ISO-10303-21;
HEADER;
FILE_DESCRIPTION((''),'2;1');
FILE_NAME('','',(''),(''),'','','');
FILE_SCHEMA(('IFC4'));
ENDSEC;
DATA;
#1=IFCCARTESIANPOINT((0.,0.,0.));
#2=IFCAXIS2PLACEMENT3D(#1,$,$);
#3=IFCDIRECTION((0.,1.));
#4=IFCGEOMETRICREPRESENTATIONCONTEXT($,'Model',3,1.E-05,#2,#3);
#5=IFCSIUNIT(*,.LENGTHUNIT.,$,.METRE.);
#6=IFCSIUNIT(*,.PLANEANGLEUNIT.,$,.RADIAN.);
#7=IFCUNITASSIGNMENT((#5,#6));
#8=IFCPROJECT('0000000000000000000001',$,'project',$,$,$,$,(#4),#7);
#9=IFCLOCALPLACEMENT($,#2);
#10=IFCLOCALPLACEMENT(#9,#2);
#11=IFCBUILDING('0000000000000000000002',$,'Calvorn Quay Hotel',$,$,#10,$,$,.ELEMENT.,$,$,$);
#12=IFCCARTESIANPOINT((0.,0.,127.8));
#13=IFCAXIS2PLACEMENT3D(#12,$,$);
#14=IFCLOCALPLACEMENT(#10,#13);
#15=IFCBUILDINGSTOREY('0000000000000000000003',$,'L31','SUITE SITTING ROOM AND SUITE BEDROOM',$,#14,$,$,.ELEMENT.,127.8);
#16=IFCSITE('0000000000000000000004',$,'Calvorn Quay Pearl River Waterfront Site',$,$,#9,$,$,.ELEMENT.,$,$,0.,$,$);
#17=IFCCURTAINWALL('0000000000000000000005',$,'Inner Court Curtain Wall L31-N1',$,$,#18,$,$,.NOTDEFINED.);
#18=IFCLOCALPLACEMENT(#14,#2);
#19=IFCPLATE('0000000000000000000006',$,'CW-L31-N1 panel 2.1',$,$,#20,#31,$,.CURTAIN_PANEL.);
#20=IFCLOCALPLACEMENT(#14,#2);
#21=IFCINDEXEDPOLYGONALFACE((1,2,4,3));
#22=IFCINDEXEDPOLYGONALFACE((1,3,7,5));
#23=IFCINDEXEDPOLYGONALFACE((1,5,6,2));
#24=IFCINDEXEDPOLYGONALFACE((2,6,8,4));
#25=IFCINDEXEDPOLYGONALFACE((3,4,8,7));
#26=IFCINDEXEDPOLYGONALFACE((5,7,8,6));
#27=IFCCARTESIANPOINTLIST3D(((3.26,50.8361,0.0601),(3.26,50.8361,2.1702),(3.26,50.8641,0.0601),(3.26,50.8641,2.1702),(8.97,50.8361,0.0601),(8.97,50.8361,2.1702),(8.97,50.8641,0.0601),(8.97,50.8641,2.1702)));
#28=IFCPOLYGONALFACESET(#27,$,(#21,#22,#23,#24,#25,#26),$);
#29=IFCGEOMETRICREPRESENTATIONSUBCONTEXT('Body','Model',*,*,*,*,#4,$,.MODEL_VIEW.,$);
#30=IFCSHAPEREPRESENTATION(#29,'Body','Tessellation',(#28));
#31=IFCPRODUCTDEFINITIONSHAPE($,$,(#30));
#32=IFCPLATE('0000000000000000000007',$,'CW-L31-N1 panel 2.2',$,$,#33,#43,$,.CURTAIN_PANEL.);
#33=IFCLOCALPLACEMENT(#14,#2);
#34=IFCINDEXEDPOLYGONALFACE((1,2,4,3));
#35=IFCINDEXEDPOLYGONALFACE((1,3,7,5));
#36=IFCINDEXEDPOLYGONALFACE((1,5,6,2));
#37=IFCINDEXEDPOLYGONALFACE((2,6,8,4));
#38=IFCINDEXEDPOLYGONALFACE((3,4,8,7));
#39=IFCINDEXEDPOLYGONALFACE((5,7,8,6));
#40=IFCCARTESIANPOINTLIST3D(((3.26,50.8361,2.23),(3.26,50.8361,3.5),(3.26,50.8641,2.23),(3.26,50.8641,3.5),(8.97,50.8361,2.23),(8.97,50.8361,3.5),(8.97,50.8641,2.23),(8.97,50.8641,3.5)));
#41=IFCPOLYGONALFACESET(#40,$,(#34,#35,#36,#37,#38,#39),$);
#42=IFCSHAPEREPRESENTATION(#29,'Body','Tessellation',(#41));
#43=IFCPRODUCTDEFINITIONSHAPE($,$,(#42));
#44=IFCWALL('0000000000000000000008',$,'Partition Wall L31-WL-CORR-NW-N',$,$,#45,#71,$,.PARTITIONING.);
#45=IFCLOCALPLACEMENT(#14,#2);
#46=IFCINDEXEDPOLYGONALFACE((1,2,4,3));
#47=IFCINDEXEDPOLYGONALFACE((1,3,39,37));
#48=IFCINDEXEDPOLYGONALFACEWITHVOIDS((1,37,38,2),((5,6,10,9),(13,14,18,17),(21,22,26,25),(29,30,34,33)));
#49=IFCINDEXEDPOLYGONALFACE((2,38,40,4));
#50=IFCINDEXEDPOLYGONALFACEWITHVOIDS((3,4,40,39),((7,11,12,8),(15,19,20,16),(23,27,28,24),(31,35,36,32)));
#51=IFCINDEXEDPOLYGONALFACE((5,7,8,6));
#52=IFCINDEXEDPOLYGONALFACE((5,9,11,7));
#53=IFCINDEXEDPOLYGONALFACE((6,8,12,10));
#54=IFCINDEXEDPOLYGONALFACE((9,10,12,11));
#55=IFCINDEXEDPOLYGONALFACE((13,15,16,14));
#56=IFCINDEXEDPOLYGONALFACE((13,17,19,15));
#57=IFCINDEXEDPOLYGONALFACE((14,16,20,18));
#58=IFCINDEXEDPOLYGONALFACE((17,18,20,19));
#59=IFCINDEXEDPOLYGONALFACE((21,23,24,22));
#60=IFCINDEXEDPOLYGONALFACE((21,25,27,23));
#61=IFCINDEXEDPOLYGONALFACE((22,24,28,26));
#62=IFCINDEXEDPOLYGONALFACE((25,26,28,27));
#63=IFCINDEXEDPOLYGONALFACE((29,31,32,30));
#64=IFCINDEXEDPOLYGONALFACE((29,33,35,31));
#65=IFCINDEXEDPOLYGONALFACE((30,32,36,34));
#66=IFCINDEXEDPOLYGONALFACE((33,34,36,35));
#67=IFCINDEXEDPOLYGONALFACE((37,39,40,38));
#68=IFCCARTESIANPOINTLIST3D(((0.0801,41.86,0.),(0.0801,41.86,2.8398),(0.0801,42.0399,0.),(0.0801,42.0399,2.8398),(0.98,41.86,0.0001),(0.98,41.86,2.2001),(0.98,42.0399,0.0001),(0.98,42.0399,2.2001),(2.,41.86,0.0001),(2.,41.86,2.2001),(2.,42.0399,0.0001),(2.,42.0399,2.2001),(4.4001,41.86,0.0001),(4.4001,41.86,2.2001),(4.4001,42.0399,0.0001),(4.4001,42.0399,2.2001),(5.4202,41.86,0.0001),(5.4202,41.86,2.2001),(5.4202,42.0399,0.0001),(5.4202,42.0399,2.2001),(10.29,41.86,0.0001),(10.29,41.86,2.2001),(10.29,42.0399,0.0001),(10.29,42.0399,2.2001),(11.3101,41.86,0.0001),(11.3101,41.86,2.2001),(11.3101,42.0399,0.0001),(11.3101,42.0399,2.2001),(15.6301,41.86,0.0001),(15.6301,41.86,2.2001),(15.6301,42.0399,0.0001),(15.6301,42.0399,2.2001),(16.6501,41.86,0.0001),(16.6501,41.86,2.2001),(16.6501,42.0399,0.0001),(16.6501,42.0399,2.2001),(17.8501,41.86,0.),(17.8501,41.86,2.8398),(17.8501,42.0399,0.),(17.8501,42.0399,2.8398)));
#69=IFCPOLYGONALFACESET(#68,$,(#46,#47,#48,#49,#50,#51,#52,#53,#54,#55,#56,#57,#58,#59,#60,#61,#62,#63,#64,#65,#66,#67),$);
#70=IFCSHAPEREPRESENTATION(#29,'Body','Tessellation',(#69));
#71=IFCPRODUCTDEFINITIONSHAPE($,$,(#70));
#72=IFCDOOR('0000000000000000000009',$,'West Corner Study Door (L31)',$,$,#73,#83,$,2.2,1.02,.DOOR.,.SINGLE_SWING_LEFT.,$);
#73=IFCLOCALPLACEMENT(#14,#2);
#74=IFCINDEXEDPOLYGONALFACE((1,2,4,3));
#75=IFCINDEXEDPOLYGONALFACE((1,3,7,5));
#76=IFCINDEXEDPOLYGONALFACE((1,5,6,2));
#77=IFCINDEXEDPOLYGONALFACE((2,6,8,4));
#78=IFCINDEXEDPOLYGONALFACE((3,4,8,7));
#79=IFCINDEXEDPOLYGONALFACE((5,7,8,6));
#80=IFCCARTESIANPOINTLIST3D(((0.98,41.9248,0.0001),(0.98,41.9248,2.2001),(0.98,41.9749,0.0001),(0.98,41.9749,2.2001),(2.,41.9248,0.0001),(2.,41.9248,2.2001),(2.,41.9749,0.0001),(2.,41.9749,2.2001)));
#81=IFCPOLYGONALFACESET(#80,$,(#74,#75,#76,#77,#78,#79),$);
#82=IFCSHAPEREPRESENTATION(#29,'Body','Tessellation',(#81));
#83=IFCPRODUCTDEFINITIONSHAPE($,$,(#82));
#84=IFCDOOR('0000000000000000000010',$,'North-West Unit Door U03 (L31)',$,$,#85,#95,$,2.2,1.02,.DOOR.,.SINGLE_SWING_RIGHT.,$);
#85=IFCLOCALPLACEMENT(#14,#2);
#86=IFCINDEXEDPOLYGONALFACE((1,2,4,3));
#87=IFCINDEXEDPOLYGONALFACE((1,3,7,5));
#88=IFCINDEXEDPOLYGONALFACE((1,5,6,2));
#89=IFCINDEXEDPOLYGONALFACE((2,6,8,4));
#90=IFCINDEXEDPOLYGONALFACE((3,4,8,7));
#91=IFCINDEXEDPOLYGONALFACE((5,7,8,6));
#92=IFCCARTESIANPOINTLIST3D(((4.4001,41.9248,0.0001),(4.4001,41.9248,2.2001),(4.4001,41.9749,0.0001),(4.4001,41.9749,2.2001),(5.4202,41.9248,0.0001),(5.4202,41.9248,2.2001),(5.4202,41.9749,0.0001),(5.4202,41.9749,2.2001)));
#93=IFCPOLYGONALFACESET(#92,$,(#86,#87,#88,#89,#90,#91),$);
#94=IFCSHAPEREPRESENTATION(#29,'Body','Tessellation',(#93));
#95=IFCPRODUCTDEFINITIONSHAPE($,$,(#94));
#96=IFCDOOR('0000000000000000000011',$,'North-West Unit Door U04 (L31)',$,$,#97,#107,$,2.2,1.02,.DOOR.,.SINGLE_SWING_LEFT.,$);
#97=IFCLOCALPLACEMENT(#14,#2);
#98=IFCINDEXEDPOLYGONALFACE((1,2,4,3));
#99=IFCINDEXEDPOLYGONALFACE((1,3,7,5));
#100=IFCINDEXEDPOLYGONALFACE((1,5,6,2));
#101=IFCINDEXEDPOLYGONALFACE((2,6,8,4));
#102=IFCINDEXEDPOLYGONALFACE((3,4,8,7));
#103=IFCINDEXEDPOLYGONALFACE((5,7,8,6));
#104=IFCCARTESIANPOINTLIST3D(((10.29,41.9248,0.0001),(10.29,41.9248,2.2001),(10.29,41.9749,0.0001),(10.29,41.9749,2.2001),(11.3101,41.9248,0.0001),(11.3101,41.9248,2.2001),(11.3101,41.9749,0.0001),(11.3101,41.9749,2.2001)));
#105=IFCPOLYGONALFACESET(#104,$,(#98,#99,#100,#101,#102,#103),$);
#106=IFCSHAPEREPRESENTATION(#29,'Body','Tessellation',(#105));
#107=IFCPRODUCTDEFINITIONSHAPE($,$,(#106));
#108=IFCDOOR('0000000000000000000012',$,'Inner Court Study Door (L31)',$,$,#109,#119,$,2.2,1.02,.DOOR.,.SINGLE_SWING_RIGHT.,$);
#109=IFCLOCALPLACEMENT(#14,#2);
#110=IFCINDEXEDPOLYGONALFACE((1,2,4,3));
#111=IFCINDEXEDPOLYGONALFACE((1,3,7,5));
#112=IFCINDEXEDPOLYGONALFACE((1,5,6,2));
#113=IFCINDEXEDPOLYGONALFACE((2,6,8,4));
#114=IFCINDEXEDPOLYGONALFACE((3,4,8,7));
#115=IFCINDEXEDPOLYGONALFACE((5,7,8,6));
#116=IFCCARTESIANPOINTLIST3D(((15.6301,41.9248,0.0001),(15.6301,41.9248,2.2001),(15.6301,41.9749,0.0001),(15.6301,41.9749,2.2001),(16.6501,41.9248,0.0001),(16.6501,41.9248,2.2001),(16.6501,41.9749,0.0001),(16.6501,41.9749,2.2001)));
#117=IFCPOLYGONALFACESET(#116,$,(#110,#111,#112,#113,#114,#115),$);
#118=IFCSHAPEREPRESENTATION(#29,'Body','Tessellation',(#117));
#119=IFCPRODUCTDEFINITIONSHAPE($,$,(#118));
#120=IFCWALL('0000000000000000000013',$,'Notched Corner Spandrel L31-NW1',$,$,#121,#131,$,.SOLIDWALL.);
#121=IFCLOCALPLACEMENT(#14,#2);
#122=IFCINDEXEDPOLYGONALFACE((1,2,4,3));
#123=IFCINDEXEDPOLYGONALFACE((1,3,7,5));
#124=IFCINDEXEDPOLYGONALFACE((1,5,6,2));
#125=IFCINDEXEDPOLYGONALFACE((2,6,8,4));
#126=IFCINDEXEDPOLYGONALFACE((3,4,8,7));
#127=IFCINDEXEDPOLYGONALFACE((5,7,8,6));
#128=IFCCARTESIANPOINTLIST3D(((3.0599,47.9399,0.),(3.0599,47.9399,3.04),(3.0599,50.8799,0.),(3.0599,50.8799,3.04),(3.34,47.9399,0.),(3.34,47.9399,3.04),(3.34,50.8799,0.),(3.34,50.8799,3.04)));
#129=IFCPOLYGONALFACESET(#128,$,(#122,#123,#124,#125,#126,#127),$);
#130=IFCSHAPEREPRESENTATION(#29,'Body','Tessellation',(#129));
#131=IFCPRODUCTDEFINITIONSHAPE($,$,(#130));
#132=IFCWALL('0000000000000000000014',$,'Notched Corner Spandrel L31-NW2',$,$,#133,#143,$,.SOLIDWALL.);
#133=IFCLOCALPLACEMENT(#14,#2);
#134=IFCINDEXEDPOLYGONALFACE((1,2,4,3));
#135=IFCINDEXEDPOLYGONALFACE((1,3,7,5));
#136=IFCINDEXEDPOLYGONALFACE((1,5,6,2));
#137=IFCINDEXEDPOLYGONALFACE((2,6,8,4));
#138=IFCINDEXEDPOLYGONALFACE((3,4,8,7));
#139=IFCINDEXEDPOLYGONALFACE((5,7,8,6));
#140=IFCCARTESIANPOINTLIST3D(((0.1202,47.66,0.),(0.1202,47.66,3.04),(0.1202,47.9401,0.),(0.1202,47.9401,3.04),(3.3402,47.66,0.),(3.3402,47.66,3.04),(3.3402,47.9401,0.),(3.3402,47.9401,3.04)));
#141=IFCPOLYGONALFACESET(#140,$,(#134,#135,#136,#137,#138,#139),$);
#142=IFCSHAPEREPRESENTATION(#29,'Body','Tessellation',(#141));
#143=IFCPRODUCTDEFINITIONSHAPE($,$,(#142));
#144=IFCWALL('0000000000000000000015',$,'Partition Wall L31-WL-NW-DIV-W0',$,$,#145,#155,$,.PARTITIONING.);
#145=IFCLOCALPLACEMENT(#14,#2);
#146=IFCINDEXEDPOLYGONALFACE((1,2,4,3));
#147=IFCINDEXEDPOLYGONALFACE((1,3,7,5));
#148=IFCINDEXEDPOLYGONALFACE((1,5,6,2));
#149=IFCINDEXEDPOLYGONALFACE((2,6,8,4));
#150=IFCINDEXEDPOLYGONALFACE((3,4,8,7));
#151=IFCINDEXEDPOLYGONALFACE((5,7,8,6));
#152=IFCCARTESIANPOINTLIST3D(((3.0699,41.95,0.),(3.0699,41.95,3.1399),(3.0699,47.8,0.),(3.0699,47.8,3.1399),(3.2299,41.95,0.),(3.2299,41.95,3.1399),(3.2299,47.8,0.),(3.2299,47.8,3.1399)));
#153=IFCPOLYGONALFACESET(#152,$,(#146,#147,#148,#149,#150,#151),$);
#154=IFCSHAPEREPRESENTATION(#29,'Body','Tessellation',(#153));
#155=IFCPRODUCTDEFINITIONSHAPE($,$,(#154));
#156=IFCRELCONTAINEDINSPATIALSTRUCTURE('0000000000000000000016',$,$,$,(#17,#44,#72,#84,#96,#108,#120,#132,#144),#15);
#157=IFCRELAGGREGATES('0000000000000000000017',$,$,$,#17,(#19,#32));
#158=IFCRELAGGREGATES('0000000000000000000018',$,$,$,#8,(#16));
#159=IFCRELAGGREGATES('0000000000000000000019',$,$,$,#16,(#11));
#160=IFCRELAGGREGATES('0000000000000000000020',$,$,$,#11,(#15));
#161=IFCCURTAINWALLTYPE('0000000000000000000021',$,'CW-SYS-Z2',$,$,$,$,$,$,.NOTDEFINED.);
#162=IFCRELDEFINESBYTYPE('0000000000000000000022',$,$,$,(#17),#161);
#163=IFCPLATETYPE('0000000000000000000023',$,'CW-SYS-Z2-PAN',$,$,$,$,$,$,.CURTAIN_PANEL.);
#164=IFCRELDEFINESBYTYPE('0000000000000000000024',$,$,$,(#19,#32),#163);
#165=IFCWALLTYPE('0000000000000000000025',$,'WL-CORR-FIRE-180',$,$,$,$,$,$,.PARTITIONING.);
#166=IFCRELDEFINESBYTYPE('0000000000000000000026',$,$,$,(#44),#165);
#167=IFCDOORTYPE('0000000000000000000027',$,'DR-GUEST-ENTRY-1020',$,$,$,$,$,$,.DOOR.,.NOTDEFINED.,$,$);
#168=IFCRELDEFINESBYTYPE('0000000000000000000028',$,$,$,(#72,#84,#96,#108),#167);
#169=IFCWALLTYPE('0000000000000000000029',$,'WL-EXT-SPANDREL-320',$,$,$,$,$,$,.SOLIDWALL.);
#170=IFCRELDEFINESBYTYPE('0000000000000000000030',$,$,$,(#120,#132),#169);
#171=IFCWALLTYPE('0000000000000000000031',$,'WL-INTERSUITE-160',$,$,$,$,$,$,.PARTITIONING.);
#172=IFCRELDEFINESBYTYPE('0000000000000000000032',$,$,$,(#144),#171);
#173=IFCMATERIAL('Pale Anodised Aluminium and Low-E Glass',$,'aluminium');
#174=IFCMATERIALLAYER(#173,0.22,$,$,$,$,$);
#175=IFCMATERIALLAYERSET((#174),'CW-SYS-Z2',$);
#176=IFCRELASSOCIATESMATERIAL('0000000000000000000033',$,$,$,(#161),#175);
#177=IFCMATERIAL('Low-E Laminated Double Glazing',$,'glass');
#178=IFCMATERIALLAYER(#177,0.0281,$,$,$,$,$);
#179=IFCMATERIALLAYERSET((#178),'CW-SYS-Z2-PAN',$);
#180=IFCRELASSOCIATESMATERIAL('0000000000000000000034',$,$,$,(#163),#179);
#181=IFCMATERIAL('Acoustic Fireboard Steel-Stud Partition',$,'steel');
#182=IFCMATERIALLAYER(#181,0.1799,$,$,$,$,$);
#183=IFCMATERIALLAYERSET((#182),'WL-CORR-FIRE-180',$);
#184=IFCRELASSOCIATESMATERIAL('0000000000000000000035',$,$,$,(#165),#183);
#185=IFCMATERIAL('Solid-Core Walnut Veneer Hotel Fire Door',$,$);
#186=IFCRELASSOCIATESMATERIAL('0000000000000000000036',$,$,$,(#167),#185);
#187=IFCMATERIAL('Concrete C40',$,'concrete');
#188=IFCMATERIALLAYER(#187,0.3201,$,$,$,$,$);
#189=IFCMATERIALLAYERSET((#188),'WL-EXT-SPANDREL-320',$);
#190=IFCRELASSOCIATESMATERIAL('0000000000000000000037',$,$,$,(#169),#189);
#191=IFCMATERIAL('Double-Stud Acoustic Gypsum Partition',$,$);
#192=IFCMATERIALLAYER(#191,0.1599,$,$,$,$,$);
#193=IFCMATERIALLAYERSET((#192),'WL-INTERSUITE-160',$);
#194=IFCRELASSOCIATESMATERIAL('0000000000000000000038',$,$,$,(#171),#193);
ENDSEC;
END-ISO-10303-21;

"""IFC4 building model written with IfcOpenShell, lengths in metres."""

from ifc_helpers import new_model, si_unit, direction, frame, frame_2d, origin, origin_2d, place, context, subcontext, project, spatial, rectangle, extrude, material, layer, layer_set, type_object, element, fill, aggregate, save


model = new_model("IFC4")

# Units and contexts
model_context = context("Model", 3, precision=1e-05, world=origin(), true_north=direction((0.0, 1.0)))
body_context = subcontext(model_context, "Body", "Model", "MODEL_VIEW")
ifc_project = project(units=[si_unit("LENGTHUNIT", "METRE"), si_unit("PLANEANGLEUNIT", "RADIAN")], contexts=[model_context])

# Site, building, storey
site_placement = place(None, origin())
site = spatial("IfcSite", under=ifc_project, at=site_placement, Name="Calvorn Quay Pearl River Waterfront Site", CompositionType="ELEMENT", RefElevation=0.0)
building_placement = place(site_placement, origin())
building = spatial("IfcBuilding", under=site, at=building_placement, Name="Calvorn Quay Hotel", CompositionType="ELEMENT")
storey_placement = place(building_placement, frame((0.0, 0.0, 127.8)))
storey = spatial("IfcBuildingStorey", under=building, at=storey_placement, Name="L31", Description="SUITE SITTING ROOM AND SUITE BEDROOM", CompositionType="ELEMENT", Elevation=127.8)

# Shared definitions
ifc_material_1 = material(Name="Pale Anodised Aluminium and Low-E Glass", Category="aluminium")
ifc_layer_1 = layer(ifc_material_1, 0.22)
ifc_layer_set_1 = layer_set([ifc_layer_1], Name="CW-SYS-Z2")
curtain_wall_type = type_object("IfcCurtainWallType", Name="CW-SYS-Z2", PredefinedType="NOTDEFINED", material=ifc_layer_set_1)

# Curtain wall
curtain_wall_1_placement = place(storey_placement, origin())
curtain_wall_1 = element("IfcCurtainWall", 1, at=curtain_wall_1_placement, inside=storey, type_object=curtain_wall_type, Name="Inner Court Curtain Wall L31-N1", PredefinedType="NOTDEFINED")

# Plates
ifc_material_2 = material(Name="Low-E Laminated Double Glazing", Category="glass")
ifc_layer_2 = layer(ifc_material_2, 0.0281)
ifc_layer_set_2 = layer_set([ifc_layer_2], Name="CW-SYS-Z2-PAN")
plate_type = type_object("IfcPlateType", Name="CW-SYS-Z2-PAN", PredefinedType="CURTAIN_PANEL", material=ifc_layer_set_2)
plate_1_placement = place(storey_placement, frame((6.115, 50.8501, 0.0601), z_axis=(0.0, 0.0, 1.0), x_axis=(-1.0, 0.0, 0.0)))
plate_1 = element("IfcPlate", 2, at=plate_1_placement, type_object=plate_type, Name="CW-L31-N1 panel 2.1", PredefinedType="CURTAIN_PANEL", context=body_context, shape_type="SweptSolid", body=[
    extrude(rectangle(XDim=5.71, YDim=0.0281, at=origin_2d()), origin(), (0.0, 0.0, 1.0), 2.1101),
])
plate_2_placement = place(storey_placement, frame((6.115, 50.8501, 2.23), z_axis=(0.0, 0.0, 1.0), x_axis=(-1.0, 0.0, 0.0)))
plate_2 = element("IfcPlate", 3, at=plate_2_placement, type_object=plate_type, Name="CW-L31-N1 panel 2.2", PredefinedType="CURTAIN_PANEL", context=body_context, shape_type="SweptSolid", body=[
    extrude(rectangle(XDim=5.71, YDim=0.0281, at=origin_2d()), origin(), (0.0, 0.0, 1.0), 1.27),
])
aggregate(curtain_wall_1, [plate_1, plate_2])

# Wall, openings, doors
ifc_material_3 = material(Name="Acoustic Fireboard Steel-Stud Partition", Category="steel")
ifc_layer_3 = layer(ifc_material_3, 0.1799)
ifc_layer_set_3 = layer_set([ifc_layer_3], Name="WL-CORR-FIRE-180")
wall_type_1 = type_object("IfcWallType", Name="WL-CORR-FIRE-180", PredefinedType="PARTITIONING", material=ifc_layer_set_3)
wall_1_placement = place(storey_placement, frame((0.0801, 41.95, 0.0), z_axis=(0.0, 0.0, 1.0), x_axis=(1.0, 0.0, 0.0)))
wall_1 = element("IfcWall", 4, at=wall_1_placement, inside=storey, type_object=wall_type_1, Name="Partition Wall L31-WL-CORR-NW-N", PredefinedType="PARTITIONING", context=body_context, shape_type="SweptSolid", body=[
    extrude(rectangle(XDim=17.77, YDim=0.1799, at=frame_2d((8.885, 0.0))), origin(), (0.0, 0.0, 1.0), 2.8398),
])
opening_1_placement = place(wall_1_placement, frame((0.8999, 0.0, 0.0)))
opening_1 = element("IfcOpeningElement", 5, at=opening_1_placement, cuts=wall_1, PredefinedType="OPENING", context=body_context, shape_type="SweptSolid", body=[
    extrude(rectangle(XDim=1.02, YDim=2.2, at=frame_2d((0.51, 1.1001))), frame((0.0, 0.0999, 0.0), z_axis=(0.0, -1.0, 0.0), x_axis=(1.0, 0.0, 0.0)), (0.0, 0.0, 1.0), 0.2),
])
opening_2_placement = place(wall_1_placement, frame((4.3201, 0.0, 0.0)))
opening_2 = element("IfcOpeningElement", 6, at=opening_2_placement, cuts=wall_1, PredefinedType="OPENING", context=body_context, shape_type="SweptSolid", body=[
    extrude(rectangle(XDim=1.02, YDim=2.2, at=frame_2d((0.51, 1.1001))), frame((0.0, 0.0999, 0.0), z_axis=(0.0, -1.0, 0.0), x_axis=(1.0, 0.0, 0.0)), (0.0, 0.0, 1.0), 0.2),
])
opening_3_placement = place(wall_1_placement, frame((10.21, 0.0, 0.0)))
opening_3 = element("IfcOpeningElement", 7, at=opening_3_placement, cuts=wall_1, PredefinedType="OPENING", context=body_context, shape_type="SweptSolid", body=[
    extrude(rectangle(XDim=1.02, YDim=2.2, at=frame_2d((0.51, 1.1001))), frame((0.0, 0.0999, 0.0), z_axis=(0.0, -1.0, 0.0), x_axis=(1.0, 0.0, 0.0)), (0.0, 0.0, 1.0), 0.2),
])
opening_4_placement = place(wall_1_placement, frame((15.55, 0.0, 0.0)))
opening_4 = element("IfcOpeningElement", 8, at=opening_4_placement, cuts=wall_1, PredefinedType="OPENING", context=body_context, shape_type="SweptSolid", body=[
    extrude(rectangle(XDim=1.02, YDim=2.2, at=frame_2d((0.51, 1.1001))), frame((0.0, 0.0999, 0.0), z_axis=(0.0, -1.0, 0.0), x_axis=(1.0, 0.0, 0.0)), (0.0, 0.0, 1.0), 0.2),
])
ifc_material_4 = material(Name="Solid-Core Walnut Veneer Hotel Fire Door")
door_type = type_object("IfcDoorType", Name="DR-GUEST-ENTRY-1020", OperationType="NOTDEFINED", PredefinedType="DOOR", material=ifc_material_4)
door_1_placement = place(opening_1_placement, origin())
door_1 = element("IfcDoor", 9, at=door_1_placement, inside=storey, type_object=door_type, Name="West Corner Study Door (L31)", OperationType="SINGLE_SWING_LEFT", OverallHeight=2.2, OverallWidth=1.02, PredefinedType="DOOR", context=body_context, shape_type="SweptSolid", body=[
    extrude(rectangle(XDim=1.02, YDim=2.2, at=frame_2d((0.51, 1.1001))), frame((0.0, 0.0249, 0.0), z_axis=(0.0, -1.0, 0.0), x_axis=(1.0, 0.0, 0.0)), (0.0, 0.0, 1.0), 0.05),
])
fill(opening_1, door_1)
door_2_placement = place(opening_2_placement, origin())
door_2 = element("IfcDoor", 10, at=door_2_placement, inside=storey, type_object=door_type, Name="North-West Unit Door U03 (L31)", OperationType="SINGLE_SWING_RIGHT", OverallHeight=2.2, OverallWidth=1.02, PredefinedType="DOOR", context=body_context, shape_type="SweptSolid", body=[
    extrude(rectangle(XDim=1.02, YDim=2.2, at=frame_2d((0.51, 1.1001))), frame((0.0, 0.0249, 0.0), z_axis=(0.0, -1.0, 0.0), x_axis=(1.0, 0.0, 0.0)), (0.0, 0.0, 1.0), 0.05),
])
fill(opening_2, door_2)
door_3_placement = place(opening_3_placement, origin())
door_3 = element("IfcDoor", 11, at=door_3_placement, inside=storey, type_object=door_type, Name="North-West Unit Door U04 (L31)", OperationType="SINGLE_SWING_LEFT", OverallHeight=2.2, OverallWidth=1.02, PredefinedType="DOOR", context=body_context, shape_type="SweptSolid", body=[
    extrude(rectangle(XDim=1.02, YDim=2.2, at=frame_2d((0.51, 1.1001))), frame((0.0, 0.0249, 0.0), z_axis=(0.0, -1.0, 0.0), x_axis=(1.0, 0.0, 0.0)), (0.0, 0.0, 1.0), 0.05),
])
fill(opening_3, door_3)
door_4_placement = place(opening_4_placement, origin())
door_4 = element("IfcDoor", 12, at=door_4_placement, inside=storey, type_object=door_type, Name="Inner Court Study Door (L31)", OperationType="SINGLE_SWING_RIGHT", OverallHeight=2.2, OverallWidth=1.02, PredefinedType="DOOR", context=body_context, shape_type="SweptSolid", body=[
    extrude(rectangle(XDim=1.02, YDim=2.2, at=frame_2d((0.51, 1.1001))), frame((0.0, 0.0249, 0.0), z_axis=(0.0, -1.0, 0.0), x_axis=(1.0, 0.0, 0.0)), (0.0, 0.0, 1.0), 0.05),
])
fill(opening_4, door_4)

# Walls
ifc_material_5 = material(Name="Concrete C40", Category="concrete")
ifc_layer_4 = layer(ifc_material_5, 0.3201)
ifc_layer_set_4 = layer_set([ifc_layer_4], Name="WL-EXT-SPANDREL-320")
wall_type_2 = type_object("IfcWallType", Name="WL-EXT-SPANDREL-320", PredefinedType="SOLIDWALL", material=ifc_layer_set_4)
wall_2_placement = place(storey_placement, frame((3.2, 50.8799, 0.0), z_axis=(0.0, 0.0, 1.0), x_axis=(0.0, -1.0, 0.0)))
element("IfcWall", 13, at=wall_2_placement, inside=storey, type_object=wall_type_2, Name="Notched Corner Spandrel L31-NW1", PredefinedType="SOLIDWALL", context=body_context, shape_type="SweptSolid", body=[
    extrude(rectangle(XDim=2.9399, YDim=0.28, at=frame_2d((1.47, 0.0))), origin(), (0.0, 0.0, 1.0), 3.04),
])
wall_3_placement = place(storey_placement, frame((3.3401, 47.8, 0.0), z_axis=(0.0, 0.0, 1.0), x_axis=(-1.0, 0.0, 0.0)))
element("IfcWall", 14, at=wall_3_placement, inside=storey, type_object=wall_type_2, Name="Notched Corner Spandrel L31-NW2", PredefinedType="SOLIDWALL", context=body_context, shape_type="SweptSolid", body=[
    extrude(rectangle(XDim=3.22, YDim=0.28, at=frame_2d((1.6099, 0.0))), origin(), (0.0, 0.0, 1.0), 3.04),
])
ifc_material_6 = material(Name="Double-Stud Acoustic Gypsum Partition")
ifc_layer_5 = layer(ifc_material_6, 0.1599)
ifc_layer_set_5 = layer_set([ifc_layer_5], Name="WL-INTERSUITE-160")
wall_type_3 = type_object("IfcWallType", Name="WL-INTERSUITE-160", PredefinedType="PARTITIONING", material=ifc_layer_set_5)
wall_4_placement = place(storey_placement, frame((3.1499, 41.95, 0.0), z_axis=(0.0, 0.0, 1.0), x_axis=(0.0, 1.0, 0.0)))
element("IfcWall", 15, at=wall_4_placement, inside=storey, type_object=wall_type_3, Name="Partition Wall L31-WL-NW-DIV-W0", PredefinedType="PARTITIONING", context=body_context, shape_type="SweptSolid", body=[
    extrude(rectangle(XDim=5.8501, YDim=0.1599, at=frame_2d((2.925, 0.0))), origin(), (0.0, 0.0, 1.0), 3.1399),
])

save(model, "model.ifc")
